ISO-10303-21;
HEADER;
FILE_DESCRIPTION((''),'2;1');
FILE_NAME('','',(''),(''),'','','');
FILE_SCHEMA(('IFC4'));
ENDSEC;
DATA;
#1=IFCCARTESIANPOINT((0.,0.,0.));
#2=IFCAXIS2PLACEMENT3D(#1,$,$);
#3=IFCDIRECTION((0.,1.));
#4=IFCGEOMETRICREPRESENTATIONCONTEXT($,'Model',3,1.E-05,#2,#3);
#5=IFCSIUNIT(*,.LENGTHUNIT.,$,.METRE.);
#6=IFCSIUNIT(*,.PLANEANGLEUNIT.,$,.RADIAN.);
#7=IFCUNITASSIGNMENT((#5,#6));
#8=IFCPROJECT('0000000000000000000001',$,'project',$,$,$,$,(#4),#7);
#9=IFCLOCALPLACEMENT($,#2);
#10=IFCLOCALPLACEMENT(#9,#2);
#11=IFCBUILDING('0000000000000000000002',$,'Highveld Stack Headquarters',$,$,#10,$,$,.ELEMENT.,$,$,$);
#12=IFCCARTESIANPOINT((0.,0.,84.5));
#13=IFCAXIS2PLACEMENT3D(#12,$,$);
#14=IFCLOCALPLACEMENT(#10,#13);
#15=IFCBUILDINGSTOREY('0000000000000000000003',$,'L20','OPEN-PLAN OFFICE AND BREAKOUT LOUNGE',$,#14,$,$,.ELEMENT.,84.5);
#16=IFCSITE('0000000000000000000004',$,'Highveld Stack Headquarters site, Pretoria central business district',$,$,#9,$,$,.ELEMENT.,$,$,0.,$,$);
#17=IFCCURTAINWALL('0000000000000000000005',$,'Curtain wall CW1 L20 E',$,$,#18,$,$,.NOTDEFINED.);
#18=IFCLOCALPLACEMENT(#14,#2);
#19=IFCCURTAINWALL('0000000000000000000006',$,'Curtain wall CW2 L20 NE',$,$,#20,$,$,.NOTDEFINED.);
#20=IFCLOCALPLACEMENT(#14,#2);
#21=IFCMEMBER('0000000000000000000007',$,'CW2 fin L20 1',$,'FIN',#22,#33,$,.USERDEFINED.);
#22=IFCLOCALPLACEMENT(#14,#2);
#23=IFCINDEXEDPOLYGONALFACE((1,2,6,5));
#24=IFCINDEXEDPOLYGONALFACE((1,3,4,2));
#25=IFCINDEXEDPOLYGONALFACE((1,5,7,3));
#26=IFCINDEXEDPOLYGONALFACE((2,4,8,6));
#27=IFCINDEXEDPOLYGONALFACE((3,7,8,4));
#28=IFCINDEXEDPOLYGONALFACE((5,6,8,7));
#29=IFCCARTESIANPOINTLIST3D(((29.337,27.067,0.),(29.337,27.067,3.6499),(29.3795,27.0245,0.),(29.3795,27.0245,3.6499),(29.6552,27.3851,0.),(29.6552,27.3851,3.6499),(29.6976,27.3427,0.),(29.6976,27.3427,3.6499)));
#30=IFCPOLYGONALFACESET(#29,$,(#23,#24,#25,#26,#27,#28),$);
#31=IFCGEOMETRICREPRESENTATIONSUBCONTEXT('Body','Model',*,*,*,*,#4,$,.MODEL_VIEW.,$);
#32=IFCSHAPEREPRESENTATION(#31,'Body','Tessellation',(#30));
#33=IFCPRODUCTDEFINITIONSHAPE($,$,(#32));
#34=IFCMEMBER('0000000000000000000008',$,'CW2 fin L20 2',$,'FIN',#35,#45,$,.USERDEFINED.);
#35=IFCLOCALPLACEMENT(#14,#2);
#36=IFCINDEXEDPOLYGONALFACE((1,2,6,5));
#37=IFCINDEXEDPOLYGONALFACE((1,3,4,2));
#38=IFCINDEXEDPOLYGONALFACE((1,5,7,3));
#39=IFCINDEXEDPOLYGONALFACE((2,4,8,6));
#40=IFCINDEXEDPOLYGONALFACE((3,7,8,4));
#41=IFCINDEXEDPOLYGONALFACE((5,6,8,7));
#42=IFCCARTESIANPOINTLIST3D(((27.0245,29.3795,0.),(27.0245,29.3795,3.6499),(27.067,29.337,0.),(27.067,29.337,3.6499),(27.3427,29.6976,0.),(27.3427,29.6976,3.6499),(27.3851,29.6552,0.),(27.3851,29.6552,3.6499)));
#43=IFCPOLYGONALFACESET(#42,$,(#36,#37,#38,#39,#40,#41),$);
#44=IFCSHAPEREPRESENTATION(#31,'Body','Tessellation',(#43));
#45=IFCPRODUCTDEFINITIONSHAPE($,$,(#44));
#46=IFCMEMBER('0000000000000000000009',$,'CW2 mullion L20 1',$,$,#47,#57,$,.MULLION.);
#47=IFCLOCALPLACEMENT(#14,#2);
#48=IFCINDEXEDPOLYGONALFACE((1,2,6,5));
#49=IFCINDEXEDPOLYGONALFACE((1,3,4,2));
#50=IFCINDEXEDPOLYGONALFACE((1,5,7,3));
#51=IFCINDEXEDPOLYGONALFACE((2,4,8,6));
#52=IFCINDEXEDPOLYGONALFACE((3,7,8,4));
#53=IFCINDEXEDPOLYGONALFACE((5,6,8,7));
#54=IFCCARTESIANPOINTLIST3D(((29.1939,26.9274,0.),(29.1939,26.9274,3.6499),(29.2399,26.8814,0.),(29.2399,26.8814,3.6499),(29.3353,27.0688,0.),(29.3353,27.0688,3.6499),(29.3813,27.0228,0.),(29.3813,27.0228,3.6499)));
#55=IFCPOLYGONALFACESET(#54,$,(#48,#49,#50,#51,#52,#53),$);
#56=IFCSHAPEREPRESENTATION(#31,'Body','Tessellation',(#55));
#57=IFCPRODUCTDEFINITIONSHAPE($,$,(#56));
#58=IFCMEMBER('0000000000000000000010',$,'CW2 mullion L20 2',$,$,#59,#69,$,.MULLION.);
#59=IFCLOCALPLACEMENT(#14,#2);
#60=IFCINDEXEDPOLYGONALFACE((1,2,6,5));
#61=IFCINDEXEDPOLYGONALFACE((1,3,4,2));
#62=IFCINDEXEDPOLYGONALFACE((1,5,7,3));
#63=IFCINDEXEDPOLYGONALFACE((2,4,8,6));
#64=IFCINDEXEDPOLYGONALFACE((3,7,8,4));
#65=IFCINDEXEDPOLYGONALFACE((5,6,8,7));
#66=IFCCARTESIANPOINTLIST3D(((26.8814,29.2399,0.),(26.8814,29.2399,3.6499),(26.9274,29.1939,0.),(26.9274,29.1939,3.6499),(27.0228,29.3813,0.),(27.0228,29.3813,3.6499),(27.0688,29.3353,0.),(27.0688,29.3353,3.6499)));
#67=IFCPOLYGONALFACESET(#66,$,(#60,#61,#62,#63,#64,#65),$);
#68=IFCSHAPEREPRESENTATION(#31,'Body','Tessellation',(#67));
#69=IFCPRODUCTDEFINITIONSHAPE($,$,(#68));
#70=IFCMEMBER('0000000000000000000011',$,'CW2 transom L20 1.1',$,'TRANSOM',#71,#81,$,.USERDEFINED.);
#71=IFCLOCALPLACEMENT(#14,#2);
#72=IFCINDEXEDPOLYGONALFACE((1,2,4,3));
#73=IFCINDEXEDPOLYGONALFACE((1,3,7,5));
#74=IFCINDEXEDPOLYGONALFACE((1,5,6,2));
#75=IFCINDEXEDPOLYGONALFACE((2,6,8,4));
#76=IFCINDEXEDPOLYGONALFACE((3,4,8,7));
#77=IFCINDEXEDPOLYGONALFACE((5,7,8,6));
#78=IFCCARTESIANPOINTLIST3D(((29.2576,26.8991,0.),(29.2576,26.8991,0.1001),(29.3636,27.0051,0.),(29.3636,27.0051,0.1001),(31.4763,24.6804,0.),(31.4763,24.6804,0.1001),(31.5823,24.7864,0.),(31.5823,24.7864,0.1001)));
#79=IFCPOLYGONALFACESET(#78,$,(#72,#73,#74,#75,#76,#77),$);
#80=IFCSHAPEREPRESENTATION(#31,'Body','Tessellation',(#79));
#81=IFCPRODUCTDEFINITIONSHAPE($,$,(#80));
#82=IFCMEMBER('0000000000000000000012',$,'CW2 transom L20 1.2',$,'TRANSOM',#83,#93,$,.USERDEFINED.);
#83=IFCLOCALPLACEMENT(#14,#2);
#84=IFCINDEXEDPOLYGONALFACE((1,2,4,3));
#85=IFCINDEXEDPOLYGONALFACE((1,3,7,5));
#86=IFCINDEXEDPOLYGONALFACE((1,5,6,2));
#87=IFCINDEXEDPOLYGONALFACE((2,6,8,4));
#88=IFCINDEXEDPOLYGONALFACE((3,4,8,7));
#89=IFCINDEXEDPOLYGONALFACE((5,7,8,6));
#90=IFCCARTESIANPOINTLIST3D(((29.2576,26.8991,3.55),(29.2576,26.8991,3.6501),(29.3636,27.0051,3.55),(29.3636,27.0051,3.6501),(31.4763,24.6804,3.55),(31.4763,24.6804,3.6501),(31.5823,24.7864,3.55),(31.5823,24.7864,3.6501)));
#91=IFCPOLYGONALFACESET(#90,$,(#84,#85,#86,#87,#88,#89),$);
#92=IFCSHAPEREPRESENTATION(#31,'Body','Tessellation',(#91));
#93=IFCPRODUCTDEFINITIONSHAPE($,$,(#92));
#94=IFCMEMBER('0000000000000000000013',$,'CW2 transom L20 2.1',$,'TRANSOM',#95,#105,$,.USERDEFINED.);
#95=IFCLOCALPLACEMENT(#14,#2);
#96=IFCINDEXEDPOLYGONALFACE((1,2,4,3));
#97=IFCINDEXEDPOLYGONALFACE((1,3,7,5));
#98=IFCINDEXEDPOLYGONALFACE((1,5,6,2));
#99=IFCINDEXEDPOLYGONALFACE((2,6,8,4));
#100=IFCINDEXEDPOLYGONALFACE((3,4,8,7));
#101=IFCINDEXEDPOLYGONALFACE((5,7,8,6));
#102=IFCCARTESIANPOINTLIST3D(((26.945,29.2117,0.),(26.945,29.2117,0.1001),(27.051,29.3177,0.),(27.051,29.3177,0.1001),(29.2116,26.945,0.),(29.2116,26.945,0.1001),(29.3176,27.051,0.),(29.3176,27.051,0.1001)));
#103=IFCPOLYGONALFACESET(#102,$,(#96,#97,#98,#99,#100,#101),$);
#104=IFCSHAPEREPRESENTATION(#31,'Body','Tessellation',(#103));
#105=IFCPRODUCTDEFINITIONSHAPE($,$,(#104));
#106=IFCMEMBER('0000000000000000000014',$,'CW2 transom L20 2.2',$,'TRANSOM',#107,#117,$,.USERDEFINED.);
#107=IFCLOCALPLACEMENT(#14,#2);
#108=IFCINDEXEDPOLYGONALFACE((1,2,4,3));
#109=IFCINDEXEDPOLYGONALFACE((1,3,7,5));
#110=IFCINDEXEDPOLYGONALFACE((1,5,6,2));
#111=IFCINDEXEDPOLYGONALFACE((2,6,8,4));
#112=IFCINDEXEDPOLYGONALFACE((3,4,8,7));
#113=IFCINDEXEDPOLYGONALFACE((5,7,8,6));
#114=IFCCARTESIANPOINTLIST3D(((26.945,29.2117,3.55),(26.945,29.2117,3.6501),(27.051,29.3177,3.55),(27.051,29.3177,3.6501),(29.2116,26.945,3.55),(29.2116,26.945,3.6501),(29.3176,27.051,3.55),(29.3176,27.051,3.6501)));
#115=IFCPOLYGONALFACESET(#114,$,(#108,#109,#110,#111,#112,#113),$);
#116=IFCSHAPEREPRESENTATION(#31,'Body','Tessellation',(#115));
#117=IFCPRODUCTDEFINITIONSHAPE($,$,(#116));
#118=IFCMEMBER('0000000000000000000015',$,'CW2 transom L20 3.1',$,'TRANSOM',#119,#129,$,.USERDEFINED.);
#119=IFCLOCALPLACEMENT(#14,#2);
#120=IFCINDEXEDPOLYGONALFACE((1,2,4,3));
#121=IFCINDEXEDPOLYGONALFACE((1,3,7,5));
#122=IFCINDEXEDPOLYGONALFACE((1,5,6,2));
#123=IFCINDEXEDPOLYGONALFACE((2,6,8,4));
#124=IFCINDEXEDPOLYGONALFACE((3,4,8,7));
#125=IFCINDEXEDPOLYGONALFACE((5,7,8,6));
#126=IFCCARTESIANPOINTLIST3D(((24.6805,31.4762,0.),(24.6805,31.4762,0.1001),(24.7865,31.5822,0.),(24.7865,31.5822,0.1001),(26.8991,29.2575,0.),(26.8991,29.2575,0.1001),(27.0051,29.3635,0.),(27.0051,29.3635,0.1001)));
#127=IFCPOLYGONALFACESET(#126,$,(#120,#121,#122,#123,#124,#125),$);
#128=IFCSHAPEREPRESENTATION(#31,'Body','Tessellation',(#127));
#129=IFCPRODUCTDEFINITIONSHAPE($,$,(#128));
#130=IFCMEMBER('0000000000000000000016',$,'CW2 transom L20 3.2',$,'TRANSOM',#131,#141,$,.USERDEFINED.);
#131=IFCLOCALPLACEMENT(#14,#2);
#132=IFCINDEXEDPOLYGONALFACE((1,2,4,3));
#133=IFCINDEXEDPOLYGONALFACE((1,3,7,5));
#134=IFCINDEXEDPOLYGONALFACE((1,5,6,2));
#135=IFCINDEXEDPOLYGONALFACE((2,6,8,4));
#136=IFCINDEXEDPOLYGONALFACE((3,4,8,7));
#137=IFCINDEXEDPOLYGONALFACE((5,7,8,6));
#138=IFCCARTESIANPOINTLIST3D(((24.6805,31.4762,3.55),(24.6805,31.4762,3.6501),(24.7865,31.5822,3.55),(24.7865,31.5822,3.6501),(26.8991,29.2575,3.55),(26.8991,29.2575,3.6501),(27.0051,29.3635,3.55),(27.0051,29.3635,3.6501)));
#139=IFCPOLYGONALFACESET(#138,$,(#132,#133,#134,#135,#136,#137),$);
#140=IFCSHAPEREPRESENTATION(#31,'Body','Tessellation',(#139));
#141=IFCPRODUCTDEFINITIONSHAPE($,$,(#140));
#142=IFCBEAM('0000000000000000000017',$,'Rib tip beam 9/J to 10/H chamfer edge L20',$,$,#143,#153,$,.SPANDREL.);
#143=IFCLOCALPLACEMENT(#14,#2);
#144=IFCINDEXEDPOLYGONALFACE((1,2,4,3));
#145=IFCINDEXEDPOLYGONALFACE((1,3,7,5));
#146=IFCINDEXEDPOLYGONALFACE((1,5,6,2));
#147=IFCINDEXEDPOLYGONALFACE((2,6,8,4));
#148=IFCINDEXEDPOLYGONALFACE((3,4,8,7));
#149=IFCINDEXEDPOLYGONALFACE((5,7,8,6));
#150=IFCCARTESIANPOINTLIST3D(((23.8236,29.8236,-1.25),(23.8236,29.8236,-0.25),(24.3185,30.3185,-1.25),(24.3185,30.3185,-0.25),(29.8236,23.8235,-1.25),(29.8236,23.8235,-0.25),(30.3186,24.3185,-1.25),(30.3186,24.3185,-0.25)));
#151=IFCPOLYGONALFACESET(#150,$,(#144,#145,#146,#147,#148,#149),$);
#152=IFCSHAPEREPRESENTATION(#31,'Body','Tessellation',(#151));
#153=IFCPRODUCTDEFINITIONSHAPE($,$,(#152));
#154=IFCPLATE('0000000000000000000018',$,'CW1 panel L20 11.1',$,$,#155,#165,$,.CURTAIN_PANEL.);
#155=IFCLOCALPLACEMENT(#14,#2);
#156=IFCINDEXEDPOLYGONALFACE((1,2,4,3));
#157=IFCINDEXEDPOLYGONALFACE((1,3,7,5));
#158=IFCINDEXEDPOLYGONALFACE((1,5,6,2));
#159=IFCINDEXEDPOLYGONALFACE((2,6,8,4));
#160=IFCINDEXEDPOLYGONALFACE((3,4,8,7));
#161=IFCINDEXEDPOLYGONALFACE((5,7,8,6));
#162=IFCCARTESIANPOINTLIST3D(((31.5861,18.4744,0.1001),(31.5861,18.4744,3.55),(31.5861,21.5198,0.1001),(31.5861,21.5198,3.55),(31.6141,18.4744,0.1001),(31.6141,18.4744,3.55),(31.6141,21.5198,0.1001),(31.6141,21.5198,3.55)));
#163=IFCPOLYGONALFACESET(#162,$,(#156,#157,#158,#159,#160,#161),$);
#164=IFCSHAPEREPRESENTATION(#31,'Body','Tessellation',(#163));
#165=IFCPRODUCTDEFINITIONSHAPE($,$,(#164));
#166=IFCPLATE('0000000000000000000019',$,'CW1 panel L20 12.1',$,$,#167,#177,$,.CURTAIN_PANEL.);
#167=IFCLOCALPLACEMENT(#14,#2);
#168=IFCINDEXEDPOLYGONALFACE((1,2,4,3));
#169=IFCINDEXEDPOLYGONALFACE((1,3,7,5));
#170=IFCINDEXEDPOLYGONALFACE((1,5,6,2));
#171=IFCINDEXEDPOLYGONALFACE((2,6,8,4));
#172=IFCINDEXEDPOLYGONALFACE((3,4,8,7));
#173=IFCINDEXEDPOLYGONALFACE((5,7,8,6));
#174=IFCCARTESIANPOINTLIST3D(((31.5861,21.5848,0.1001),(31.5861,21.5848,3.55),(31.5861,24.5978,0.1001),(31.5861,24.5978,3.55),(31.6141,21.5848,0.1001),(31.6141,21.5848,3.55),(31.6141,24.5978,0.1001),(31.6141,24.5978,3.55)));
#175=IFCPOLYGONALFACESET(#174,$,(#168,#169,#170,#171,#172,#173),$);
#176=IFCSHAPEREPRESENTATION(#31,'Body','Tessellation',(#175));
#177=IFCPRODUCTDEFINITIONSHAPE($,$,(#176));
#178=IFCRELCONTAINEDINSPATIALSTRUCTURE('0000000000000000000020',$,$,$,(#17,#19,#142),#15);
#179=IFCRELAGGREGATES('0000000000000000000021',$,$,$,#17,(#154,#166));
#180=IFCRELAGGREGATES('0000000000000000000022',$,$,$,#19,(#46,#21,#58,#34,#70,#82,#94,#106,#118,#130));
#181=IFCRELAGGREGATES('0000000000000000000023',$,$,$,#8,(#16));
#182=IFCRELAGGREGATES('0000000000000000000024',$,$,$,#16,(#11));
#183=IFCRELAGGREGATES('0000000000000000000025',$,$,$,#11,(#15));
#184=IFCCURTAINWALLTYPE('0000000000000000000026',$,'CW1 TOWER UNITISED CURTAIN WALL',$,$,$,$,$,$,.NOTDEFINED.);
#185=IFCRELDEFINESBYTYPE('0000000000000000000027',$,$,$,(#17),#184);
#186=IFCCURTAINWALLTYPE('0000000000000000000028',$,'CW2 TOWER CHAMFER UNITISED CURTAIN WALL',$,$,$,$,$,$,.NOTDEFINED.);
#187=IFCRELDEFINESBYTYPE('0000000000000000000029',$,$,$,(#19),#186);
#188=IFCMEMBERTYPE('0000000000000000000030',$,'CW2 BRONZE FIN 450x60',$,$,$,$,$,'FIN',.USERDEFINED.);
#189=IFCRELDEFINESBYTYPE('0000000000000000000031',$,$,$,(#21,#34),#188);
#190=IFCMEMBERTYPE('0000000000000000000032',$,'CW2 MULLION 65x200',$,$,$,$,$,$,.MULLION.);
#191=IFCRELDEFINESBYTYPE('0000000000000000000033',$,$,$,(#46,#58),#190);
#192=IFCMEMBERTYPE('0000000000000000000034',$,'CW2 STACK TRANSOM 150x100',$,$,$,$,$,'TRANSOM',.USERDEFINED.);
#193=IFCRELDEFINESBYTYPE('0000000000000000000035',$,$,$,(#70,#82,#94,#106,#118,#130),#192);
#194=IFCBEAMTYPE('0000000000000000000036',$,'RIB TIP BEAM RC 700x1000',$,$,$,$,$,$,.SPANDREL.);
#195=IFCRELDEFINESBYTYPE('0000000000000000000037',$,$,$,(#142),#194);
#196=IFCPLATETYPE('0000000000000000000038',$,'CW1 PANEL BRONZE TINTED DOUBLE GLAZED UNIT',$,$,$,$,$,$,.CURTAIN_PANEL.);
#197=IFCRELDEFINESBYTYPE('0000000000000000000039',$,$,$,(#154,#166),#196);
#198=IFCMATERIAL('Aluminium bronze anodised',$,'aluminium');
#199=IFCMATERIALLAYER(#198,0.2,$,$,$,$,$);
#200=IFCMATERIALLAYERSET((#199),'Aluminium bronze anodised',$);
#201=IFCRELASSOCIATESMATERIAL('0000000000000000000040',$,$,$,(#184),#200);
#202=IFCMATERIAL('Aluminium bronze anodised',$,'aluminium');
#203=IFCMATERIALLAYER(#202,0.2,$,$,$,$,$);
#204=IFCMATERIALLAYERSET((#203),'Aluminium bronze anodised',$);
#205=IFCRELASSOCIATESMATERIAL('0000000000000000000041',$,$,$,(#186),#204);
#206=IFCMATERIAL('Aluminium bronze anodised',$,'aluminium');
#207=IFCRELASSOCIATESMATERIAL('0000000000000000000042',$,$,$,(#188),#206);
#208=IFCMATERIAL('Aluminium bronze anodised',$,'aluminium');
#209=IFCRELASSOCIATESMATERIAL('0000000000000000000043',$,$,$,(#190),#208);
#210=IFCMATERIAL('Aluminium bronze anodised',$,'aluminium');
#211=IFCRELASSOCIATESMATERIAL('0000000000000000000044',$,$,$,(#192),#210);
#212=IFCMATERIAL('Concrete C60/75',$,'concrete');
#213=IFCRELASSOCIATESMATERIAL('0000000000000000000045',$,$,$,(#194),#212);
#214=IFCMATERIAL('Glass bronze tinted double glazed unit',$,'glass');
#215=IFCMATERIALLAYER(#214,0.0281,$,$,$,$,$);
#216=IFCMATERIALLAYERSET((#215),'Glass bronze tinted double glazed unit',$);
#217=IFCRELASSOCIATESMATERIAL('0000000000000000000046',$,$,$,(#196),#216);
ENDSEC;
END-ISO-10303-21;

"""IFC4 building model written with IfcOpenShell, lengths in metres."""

from ifc_helpers import new_model, si_unit, direction, frame, origin, origin_2d, place, context, subcontext, project, spatial, rectangle, extrude, material, layer, layer_set, material_profile, profile_set, type_object, element, aggregate, save


model = new_model("IFC4")

# Units and contexts
model_context = context("Model", 3, precision=1e-05, world=origin(), true_north=direction((0.0, 1.0)))
body_context = subcontext(model_context, "Body", "Model", "MODEL_VIEW")
ifc_project = project(units=[si_unit("LENGTHUNIT", "METRE"), si_unit("PLANEANGLEUNIT", "RADIAN")], contexts=[model_context])

# Site, building, storey
site_placement = place(None, origin())
site = spatial("IfcSite", under=ifc_project, at=site_placement, Name="Highveld Stack Headquarters site, Pretoria central business district", CompositionType="ELEMENT", RefElevation=0.0)
building_placement = place(site_placement, origin())
building = spatial("IfcBuilding", under=site, at=building_placement, Name="Highveld Stack Headquarters", CompositionType="ELEMENT")
storey_placement = place(building_placement, frame((0.0, 0.0, 84.5)))
storey = spatial("IfcBuildingStorey", under=building, at=storey_placement, Name="L20", Description="OPEN-PLAN OFFICE AND BREAKOUT LOUNGE", CompositionType="ELEMENT", Elevation=84.5)

# Curtain wall
ifc_material_1 = material(Name="Aluminium bronze anodised", Category="aluminium")
ifc_layer_1 = layer(ifc_material_1, 0.2)
ifc_layer_set_1 = layer_set([ifc_layer_1], Name="Aluminium bronze anodised")
curtain_wall_type_1 = type_object("IfcCurtainWallType", Name="CW1 TOWER UNITISED CURTAIN WALL", PredefinedType="NOTDEFINED", material=ifc_layer_set_1)
curtain_wall_1_placement = place(storey_placement, origin())
curtain_wall_1 = element("IfcCurtainWall", 1, at=curtain_wall_1_placement, inside=storey, type_object=curtain_wall_type_1, Name="Curtain wall CW1 L20 E", PredefinedType="NOTDEFINED")

# Curtain wall, members
ifc_material_2 = material(Name="Aluminium bronze anodised", Category="aluminium")
ifc_layer_2 = layer(ifc_material_2, 0.2)
ifc_layer_set_2 = layer_set([ifc_layer_2], Name="Aluminium bronze anodised")
curtain_wall_type_2 = type_object("IfcCurtainWallType", Name="CW2 TOWER CHAMFER UNITISED CURTAIN WALL", PredefinedType="NOTDEFINED", material=ifc_layer_set_2)
curtain_wall_2_placement = place(storey_placement, origin())
curtain_wall_2 = element("IfcCurtainWall", 2, at=curtain_wall_2_placement, inside=storey, type_object=curtain_wall_type_2, Name="Curtain wall CW2 L20 NE", PredefinedType="NOTDEFINED")
ifc_material_3 = material(Name="Aluminium bronze anodised", Category="aluminium")
ifc_material_profile_1 = material_profile(ifc_material_3, rectangle(XDim=0.45, YDim=0.0601, at=origin_2d()), Name="FIN 450x60")
ifc_profile_set_1 = profile_set([ifc_material_profile_1], Name="Aluminium bronze anodised")
member_type_1 = type_object("IfcMemberType", Name="CW2 BRONZE FIN 450x60", ElementType="FIN", PredefinedType="USERDEFINED", material=ifc_profile_set_1)
member_1_placement = place(storey_placement, frame((29.5173, 27.2048, 0.0), z_axis=(0.0, 0.0, 1.0), x_axis=(-0.707107, -0.707107, 0.0)))
member_1 = element("IfcMember", 3, at=member_1_placement, type_object=member_type_1, Name="CW2 fin L20 1", ObjectType="FIN", PredefinedType="USERDEFINED", context=body_context, shape_type="SweptSolid", body=[
    extrude(rectangle(XDim=0.45, YDim=0.0601, at=origin_2d()), origin(), (0.0, 0.0, 1.0), 3.6499),
])
member_2_placement = place(storey_placement, frame((27.2048, 29.5173, 0.0), z_axis=(0.0, 0.0, 1.0), x_axis=(-0.707107, -0.707107, 0.0)))
member_2 = element("IfcMember", 4, at=member_2_placement, type_object=member_type_1, Name="CW2 fin L20 2", ObjectType="FIN", PredefinedType="USERDEFINED", context=body_context, shape_type="SweptSolid", body=[
    extrude(rectangle(XDim=0.45, YDim=0.0601, at=origin_2d()), origin(), (0.0, 0.0, 1.0), 3.6499),
])
ifc_material_4 = material(Name="Aluminium bronze anodised", Category="aluminium")
ifc_material_profile_2 = material_profile(ifc_material_4, rectangle(XDim=0.2, YDim=0.0649, at=origin_2d()), Name="CW2 MULLION 65x200")
ifc_profile_set_2 = profile_set([ifc_material_profile_2], Name="Aluminium bronze anodised")
member_type_2 = type_object("IfcMemberType", Name="CW2 MULLION 65x200", PredefinedType="MULLION", material=ifc_profile_set_2)
member_3_placement = place(storey_placement, frame((29.2876, 26.9751, 0.0), z_axis=(0.0, 0.0, 1.0), x_axis=(-0.707107, -0.707107, 0.0)))
member_3 = element("IfcMember", 5, at=member_3_placement, type_object=member_type_2, Name="CW2 mullion L20 1", PredefinedType="MULLION", context=body_context, shape_type="SweptSolid", body=[
    extrude(rectangle(XDim=0.2, YDim=0.0649, at=origin_2d()), origin(), (0.0, 0.0, 1.0), 3.6499),
])
member_4_placement = place(storey_placement, frame((26.9751, 29.2876, 0.0), z_axis=(0.0, 0.0, 1.0), x_axis=(-0.707107, -0.707107, 0.0)))
member_4 = element("IfcMember", 6, at=member_4_placement, type_object=member_type_2, Name="CW2 mullion L20 2", PredefinedType="MULLION", context=body_context, shape_type="SweptSolid", body=[
    extrude(rectangle(XDim=0.2, YDim=0.0649, at=origin_2d()), origin(), (0.0, 0.0, 1.0), 3.6499),
])
ifc_material_5 = material(Name="Aluminium bronze anodised", Category="aluminium")
ifc_material_profile_3 = material_profile(ifc_material_5, rectangle(XDim=0.1499, YDim=0.1001, at=origin_2d()), Name="CW2 TRANSOM 150x100")
ifc_profile_set_3 = profile_set([ifc_material_profile_3], Name="Aluminium bronze anodised")
member_type_3 = type_object("IfcMemberType", Name="CW2 STACK TRANSOM 150x100", ElementType="TRANSOM", PredefinedType="USERDEFINED", material=ifc_profile_set_3)
member_5_placement = place(storey_placement, frame((31.5293, 24.7334, 0.05), z_axis=(-0.707107, 0.707107, 0.0), x_axis=(-0.707107, -0.707107, 0.0)))
member_5 = element("IfcMember", 7, at=member_5_placement, type_object=member_type_3, Name="CW2 transom L20 1.1", ObjectType="TRANSOM", PredefinedType="USERDEFINED", context=body_context, shape_type="SweptSolid", body=[
    extrude(rectangle(XDim=0.1499, YDim=0.1001, at=origin_2d()), origin(), (0.0, 0.0, 1.0), 3.1377),
])
member_6_placement = place(storey_placement, frame((31.5293, 24.7334, 3.6001), z_axis=(-0.707107, 0.707107, 0.0), x_axis=(-0.707107, -0.707107, 0.0)))
member_6 = element("IfcMember", 8, at=member_6_placement, type_object=member_type_3, Name="CW2 transom L20 1.2", ObjectType="TRANSOM", PredefinedType="USERDEFINED", context=body_context, shape_type="SweptSolid", body=[
    extrude(rectangle(XDim=0.1499, YDim=0.1001, at=origin_2d()), origin(), (0.0, 0.0, 1.0), 3.1377),
])
member_7_placement = place(storey_placement, frame((29.2646, 26.998, 0.05), z_axis=(-0.707107, 0.707107, 0.0), x_axis=(-0.707107, -0.707107, 0.0)))
member_7 = element("IfcMember", 9, at=member_7_placement, type_object=member_type_3, Name="CW2 transom L20 2.1", ObjectType="TRANSOM", PredefinedType="USERDEFINED", context=body_context, shape_type="SweptSolid", body=[
    extrude(rectangle(XDim=0.1499, YDim=0.1001, at=origin_2d()), origin(), (0.0, 0.0, 1.0), 3.2056),
])
member_8_placement = place(storey_placement, frame((29.2646, 26.998, 3.6001), z_axis=(-0.707107, 0.707107, 0.0), x_axis=(-0.707107, -0.707107, 0.0)))
member_8 = element("IfcMember", 10, at=member_8_placement, type_object=member_type_3, Name="CW2 transom L20 2.2", ObjectType="TRANSOM", PredefinedType="USERDEFINED", context=body_context, shape_type="SweptSolid", body=[
    extrude(rectangle(XDim=0.1499, YDim=0.1001, at=origin_2d()), origin(), (0.0, 0.0, 1.0), 3.2056),
])
member_9_placement = place(storey_placement, frame((26.9521, 29.3105, 0.05), z_axis=(-0.707107, 0.707107, 0.0), x_axis=(-0.707107, -0.707107, 0.0)))
member_9 = element("IfcMember", 11, at=member_9_placement, type_object=member_type_3, Name="CW2 transom L20 3.1", ObjectType="TRANSOM", PredefinedType="USERDEFINED", context=body_context, shape_type="SweptSolid", body=[
    extrude(rectangle(XDim=0.1499, YDim=0.1001, at=origin_2d()), origin(), (0.0, 0.0, 1.0), 3.1377),
])
member_10_placement = place(storey_placement, frame((26.9521, 29.3105, 3.6001), z_axis=(-0.707107, 0.707107, 0.0), x_axis=(-0.707107, -0.707107, 0.0)))
member_10 = element("IfcMember", 12, at=member_10_placement, type_object=member_type_3, Name="CW2 transom L20 3.2", ObjectType="TRANSOM", PredefinedType="USERDEFINED", context=body_context, shape_type="SweptSolid", body=[
    extrude(rectangle(XDim=0.1499, YDim=0.1001, at=origin_2d()), origin(), (0.0, 0.0, 1.0), 3.1377),
])

# Beam
ifc_material_6 = material(Name="Concrete C60/75", Category="concrete")
ifc_material_profile_4 = material_profile(ifc_material_6, rectangle(XDim=0.7, YDim=1.0, at=origin_2d()), Name="RC 700x1000")
ifc_profile_set_4 = profile_set([ifc_material_profile_4], Name="Concrete C60/75")
beam_type = type_object("IfcBeamType", Name="RIB TIP BEAM RC 700x1000", PredefinedType="SPANDREL", material=ifc_profile_set_4)
beam_placement = place(storey_placement, frame((24.071, 30.071, -0.75), z_axis=(0.707107, -0.707107, 0.0), x_axis=(0.707107, 0.707107, 0.0)))
element("IfcBeam", 13, at=beam_placement, inside=storey, type_object=beam_type, Name="Rib tip beam 9/J to 10/H chamfer edge L20", PredefinedType="SPANDREL", context=body_context, shape_type="SweptSolid", body=[
    extrude(rectangle(XDim=0.7, YDim=1.0, at=origin_2d()), origin(), (0.0, 0.0, 1.0), 8.4854),
])

# Plates
ifc_material_7 = material(Name="Glass bronze tinted double glazed unit", Category="glass")
ifc_layer_3 = layer(ifc_material_7, 0.0281)
ifc_layer_set_3 = layer_set([ifc_layer_3], Name="Glass bronze tinted double glazed unit")
plate_type_1 = type_object("IfcPlateType", Name="CW1 PANEL BRONZE TINTED DOUBLE GLAZED UNIT", PredefinedType="CURTAIN_PANEL", material=ifc_layer_set_3)
plate_1_placement = place(storey_placement, frame((31.6001, 19.9971, 0.1001), z_axis=(0.0, 0.0, 1.0), x_axis=(0.0, 1.0, 0.0)))
plate_1 = element("IfcPlate", 14, at=plate_1_placement, type_object=plate_type_1, Name="CW1 panel L20 11.1", PredefinedType="CURTAIN_PANEL", context=body_context, shape_type="SweptSolid", body=[
    extrude(rectangle(XDim=3.0454, YDim=0.0281, at=origin_2d()), origin(), (0.0, 0.0, 1.0), 3.45),
])
plate_2_placement = place(storey_placement, frame((31.6001, 23.0913, 0.1001), z_axis=(0.0, 0.0, 1.0), x_axis=(0.0, 1.0, 0.0)))
plate_2 = element("IfcPlate", 15, at=plate_2_placement, type_object=plate_type_1, Name="CW1 panel L20 12.1", PredefinedType="CURTAIN_PANEL", context=body_context, shape_type="SweptSolid", body=[
    extrude(rectangle(XDim=3.0129, YDim=0.0281, at=origin_2d()), origin(), (0.0, 0.0, 1.0), 3.45),
])
aggregate(curtain_wall_1, [plate_1, plate_2])
aggregate(curtain_wall_2, [member_3, member_1, member_4, member_2, member_5, member_6, member_7, member_8, member_9, member_10])

save(model, "model.ifc")
